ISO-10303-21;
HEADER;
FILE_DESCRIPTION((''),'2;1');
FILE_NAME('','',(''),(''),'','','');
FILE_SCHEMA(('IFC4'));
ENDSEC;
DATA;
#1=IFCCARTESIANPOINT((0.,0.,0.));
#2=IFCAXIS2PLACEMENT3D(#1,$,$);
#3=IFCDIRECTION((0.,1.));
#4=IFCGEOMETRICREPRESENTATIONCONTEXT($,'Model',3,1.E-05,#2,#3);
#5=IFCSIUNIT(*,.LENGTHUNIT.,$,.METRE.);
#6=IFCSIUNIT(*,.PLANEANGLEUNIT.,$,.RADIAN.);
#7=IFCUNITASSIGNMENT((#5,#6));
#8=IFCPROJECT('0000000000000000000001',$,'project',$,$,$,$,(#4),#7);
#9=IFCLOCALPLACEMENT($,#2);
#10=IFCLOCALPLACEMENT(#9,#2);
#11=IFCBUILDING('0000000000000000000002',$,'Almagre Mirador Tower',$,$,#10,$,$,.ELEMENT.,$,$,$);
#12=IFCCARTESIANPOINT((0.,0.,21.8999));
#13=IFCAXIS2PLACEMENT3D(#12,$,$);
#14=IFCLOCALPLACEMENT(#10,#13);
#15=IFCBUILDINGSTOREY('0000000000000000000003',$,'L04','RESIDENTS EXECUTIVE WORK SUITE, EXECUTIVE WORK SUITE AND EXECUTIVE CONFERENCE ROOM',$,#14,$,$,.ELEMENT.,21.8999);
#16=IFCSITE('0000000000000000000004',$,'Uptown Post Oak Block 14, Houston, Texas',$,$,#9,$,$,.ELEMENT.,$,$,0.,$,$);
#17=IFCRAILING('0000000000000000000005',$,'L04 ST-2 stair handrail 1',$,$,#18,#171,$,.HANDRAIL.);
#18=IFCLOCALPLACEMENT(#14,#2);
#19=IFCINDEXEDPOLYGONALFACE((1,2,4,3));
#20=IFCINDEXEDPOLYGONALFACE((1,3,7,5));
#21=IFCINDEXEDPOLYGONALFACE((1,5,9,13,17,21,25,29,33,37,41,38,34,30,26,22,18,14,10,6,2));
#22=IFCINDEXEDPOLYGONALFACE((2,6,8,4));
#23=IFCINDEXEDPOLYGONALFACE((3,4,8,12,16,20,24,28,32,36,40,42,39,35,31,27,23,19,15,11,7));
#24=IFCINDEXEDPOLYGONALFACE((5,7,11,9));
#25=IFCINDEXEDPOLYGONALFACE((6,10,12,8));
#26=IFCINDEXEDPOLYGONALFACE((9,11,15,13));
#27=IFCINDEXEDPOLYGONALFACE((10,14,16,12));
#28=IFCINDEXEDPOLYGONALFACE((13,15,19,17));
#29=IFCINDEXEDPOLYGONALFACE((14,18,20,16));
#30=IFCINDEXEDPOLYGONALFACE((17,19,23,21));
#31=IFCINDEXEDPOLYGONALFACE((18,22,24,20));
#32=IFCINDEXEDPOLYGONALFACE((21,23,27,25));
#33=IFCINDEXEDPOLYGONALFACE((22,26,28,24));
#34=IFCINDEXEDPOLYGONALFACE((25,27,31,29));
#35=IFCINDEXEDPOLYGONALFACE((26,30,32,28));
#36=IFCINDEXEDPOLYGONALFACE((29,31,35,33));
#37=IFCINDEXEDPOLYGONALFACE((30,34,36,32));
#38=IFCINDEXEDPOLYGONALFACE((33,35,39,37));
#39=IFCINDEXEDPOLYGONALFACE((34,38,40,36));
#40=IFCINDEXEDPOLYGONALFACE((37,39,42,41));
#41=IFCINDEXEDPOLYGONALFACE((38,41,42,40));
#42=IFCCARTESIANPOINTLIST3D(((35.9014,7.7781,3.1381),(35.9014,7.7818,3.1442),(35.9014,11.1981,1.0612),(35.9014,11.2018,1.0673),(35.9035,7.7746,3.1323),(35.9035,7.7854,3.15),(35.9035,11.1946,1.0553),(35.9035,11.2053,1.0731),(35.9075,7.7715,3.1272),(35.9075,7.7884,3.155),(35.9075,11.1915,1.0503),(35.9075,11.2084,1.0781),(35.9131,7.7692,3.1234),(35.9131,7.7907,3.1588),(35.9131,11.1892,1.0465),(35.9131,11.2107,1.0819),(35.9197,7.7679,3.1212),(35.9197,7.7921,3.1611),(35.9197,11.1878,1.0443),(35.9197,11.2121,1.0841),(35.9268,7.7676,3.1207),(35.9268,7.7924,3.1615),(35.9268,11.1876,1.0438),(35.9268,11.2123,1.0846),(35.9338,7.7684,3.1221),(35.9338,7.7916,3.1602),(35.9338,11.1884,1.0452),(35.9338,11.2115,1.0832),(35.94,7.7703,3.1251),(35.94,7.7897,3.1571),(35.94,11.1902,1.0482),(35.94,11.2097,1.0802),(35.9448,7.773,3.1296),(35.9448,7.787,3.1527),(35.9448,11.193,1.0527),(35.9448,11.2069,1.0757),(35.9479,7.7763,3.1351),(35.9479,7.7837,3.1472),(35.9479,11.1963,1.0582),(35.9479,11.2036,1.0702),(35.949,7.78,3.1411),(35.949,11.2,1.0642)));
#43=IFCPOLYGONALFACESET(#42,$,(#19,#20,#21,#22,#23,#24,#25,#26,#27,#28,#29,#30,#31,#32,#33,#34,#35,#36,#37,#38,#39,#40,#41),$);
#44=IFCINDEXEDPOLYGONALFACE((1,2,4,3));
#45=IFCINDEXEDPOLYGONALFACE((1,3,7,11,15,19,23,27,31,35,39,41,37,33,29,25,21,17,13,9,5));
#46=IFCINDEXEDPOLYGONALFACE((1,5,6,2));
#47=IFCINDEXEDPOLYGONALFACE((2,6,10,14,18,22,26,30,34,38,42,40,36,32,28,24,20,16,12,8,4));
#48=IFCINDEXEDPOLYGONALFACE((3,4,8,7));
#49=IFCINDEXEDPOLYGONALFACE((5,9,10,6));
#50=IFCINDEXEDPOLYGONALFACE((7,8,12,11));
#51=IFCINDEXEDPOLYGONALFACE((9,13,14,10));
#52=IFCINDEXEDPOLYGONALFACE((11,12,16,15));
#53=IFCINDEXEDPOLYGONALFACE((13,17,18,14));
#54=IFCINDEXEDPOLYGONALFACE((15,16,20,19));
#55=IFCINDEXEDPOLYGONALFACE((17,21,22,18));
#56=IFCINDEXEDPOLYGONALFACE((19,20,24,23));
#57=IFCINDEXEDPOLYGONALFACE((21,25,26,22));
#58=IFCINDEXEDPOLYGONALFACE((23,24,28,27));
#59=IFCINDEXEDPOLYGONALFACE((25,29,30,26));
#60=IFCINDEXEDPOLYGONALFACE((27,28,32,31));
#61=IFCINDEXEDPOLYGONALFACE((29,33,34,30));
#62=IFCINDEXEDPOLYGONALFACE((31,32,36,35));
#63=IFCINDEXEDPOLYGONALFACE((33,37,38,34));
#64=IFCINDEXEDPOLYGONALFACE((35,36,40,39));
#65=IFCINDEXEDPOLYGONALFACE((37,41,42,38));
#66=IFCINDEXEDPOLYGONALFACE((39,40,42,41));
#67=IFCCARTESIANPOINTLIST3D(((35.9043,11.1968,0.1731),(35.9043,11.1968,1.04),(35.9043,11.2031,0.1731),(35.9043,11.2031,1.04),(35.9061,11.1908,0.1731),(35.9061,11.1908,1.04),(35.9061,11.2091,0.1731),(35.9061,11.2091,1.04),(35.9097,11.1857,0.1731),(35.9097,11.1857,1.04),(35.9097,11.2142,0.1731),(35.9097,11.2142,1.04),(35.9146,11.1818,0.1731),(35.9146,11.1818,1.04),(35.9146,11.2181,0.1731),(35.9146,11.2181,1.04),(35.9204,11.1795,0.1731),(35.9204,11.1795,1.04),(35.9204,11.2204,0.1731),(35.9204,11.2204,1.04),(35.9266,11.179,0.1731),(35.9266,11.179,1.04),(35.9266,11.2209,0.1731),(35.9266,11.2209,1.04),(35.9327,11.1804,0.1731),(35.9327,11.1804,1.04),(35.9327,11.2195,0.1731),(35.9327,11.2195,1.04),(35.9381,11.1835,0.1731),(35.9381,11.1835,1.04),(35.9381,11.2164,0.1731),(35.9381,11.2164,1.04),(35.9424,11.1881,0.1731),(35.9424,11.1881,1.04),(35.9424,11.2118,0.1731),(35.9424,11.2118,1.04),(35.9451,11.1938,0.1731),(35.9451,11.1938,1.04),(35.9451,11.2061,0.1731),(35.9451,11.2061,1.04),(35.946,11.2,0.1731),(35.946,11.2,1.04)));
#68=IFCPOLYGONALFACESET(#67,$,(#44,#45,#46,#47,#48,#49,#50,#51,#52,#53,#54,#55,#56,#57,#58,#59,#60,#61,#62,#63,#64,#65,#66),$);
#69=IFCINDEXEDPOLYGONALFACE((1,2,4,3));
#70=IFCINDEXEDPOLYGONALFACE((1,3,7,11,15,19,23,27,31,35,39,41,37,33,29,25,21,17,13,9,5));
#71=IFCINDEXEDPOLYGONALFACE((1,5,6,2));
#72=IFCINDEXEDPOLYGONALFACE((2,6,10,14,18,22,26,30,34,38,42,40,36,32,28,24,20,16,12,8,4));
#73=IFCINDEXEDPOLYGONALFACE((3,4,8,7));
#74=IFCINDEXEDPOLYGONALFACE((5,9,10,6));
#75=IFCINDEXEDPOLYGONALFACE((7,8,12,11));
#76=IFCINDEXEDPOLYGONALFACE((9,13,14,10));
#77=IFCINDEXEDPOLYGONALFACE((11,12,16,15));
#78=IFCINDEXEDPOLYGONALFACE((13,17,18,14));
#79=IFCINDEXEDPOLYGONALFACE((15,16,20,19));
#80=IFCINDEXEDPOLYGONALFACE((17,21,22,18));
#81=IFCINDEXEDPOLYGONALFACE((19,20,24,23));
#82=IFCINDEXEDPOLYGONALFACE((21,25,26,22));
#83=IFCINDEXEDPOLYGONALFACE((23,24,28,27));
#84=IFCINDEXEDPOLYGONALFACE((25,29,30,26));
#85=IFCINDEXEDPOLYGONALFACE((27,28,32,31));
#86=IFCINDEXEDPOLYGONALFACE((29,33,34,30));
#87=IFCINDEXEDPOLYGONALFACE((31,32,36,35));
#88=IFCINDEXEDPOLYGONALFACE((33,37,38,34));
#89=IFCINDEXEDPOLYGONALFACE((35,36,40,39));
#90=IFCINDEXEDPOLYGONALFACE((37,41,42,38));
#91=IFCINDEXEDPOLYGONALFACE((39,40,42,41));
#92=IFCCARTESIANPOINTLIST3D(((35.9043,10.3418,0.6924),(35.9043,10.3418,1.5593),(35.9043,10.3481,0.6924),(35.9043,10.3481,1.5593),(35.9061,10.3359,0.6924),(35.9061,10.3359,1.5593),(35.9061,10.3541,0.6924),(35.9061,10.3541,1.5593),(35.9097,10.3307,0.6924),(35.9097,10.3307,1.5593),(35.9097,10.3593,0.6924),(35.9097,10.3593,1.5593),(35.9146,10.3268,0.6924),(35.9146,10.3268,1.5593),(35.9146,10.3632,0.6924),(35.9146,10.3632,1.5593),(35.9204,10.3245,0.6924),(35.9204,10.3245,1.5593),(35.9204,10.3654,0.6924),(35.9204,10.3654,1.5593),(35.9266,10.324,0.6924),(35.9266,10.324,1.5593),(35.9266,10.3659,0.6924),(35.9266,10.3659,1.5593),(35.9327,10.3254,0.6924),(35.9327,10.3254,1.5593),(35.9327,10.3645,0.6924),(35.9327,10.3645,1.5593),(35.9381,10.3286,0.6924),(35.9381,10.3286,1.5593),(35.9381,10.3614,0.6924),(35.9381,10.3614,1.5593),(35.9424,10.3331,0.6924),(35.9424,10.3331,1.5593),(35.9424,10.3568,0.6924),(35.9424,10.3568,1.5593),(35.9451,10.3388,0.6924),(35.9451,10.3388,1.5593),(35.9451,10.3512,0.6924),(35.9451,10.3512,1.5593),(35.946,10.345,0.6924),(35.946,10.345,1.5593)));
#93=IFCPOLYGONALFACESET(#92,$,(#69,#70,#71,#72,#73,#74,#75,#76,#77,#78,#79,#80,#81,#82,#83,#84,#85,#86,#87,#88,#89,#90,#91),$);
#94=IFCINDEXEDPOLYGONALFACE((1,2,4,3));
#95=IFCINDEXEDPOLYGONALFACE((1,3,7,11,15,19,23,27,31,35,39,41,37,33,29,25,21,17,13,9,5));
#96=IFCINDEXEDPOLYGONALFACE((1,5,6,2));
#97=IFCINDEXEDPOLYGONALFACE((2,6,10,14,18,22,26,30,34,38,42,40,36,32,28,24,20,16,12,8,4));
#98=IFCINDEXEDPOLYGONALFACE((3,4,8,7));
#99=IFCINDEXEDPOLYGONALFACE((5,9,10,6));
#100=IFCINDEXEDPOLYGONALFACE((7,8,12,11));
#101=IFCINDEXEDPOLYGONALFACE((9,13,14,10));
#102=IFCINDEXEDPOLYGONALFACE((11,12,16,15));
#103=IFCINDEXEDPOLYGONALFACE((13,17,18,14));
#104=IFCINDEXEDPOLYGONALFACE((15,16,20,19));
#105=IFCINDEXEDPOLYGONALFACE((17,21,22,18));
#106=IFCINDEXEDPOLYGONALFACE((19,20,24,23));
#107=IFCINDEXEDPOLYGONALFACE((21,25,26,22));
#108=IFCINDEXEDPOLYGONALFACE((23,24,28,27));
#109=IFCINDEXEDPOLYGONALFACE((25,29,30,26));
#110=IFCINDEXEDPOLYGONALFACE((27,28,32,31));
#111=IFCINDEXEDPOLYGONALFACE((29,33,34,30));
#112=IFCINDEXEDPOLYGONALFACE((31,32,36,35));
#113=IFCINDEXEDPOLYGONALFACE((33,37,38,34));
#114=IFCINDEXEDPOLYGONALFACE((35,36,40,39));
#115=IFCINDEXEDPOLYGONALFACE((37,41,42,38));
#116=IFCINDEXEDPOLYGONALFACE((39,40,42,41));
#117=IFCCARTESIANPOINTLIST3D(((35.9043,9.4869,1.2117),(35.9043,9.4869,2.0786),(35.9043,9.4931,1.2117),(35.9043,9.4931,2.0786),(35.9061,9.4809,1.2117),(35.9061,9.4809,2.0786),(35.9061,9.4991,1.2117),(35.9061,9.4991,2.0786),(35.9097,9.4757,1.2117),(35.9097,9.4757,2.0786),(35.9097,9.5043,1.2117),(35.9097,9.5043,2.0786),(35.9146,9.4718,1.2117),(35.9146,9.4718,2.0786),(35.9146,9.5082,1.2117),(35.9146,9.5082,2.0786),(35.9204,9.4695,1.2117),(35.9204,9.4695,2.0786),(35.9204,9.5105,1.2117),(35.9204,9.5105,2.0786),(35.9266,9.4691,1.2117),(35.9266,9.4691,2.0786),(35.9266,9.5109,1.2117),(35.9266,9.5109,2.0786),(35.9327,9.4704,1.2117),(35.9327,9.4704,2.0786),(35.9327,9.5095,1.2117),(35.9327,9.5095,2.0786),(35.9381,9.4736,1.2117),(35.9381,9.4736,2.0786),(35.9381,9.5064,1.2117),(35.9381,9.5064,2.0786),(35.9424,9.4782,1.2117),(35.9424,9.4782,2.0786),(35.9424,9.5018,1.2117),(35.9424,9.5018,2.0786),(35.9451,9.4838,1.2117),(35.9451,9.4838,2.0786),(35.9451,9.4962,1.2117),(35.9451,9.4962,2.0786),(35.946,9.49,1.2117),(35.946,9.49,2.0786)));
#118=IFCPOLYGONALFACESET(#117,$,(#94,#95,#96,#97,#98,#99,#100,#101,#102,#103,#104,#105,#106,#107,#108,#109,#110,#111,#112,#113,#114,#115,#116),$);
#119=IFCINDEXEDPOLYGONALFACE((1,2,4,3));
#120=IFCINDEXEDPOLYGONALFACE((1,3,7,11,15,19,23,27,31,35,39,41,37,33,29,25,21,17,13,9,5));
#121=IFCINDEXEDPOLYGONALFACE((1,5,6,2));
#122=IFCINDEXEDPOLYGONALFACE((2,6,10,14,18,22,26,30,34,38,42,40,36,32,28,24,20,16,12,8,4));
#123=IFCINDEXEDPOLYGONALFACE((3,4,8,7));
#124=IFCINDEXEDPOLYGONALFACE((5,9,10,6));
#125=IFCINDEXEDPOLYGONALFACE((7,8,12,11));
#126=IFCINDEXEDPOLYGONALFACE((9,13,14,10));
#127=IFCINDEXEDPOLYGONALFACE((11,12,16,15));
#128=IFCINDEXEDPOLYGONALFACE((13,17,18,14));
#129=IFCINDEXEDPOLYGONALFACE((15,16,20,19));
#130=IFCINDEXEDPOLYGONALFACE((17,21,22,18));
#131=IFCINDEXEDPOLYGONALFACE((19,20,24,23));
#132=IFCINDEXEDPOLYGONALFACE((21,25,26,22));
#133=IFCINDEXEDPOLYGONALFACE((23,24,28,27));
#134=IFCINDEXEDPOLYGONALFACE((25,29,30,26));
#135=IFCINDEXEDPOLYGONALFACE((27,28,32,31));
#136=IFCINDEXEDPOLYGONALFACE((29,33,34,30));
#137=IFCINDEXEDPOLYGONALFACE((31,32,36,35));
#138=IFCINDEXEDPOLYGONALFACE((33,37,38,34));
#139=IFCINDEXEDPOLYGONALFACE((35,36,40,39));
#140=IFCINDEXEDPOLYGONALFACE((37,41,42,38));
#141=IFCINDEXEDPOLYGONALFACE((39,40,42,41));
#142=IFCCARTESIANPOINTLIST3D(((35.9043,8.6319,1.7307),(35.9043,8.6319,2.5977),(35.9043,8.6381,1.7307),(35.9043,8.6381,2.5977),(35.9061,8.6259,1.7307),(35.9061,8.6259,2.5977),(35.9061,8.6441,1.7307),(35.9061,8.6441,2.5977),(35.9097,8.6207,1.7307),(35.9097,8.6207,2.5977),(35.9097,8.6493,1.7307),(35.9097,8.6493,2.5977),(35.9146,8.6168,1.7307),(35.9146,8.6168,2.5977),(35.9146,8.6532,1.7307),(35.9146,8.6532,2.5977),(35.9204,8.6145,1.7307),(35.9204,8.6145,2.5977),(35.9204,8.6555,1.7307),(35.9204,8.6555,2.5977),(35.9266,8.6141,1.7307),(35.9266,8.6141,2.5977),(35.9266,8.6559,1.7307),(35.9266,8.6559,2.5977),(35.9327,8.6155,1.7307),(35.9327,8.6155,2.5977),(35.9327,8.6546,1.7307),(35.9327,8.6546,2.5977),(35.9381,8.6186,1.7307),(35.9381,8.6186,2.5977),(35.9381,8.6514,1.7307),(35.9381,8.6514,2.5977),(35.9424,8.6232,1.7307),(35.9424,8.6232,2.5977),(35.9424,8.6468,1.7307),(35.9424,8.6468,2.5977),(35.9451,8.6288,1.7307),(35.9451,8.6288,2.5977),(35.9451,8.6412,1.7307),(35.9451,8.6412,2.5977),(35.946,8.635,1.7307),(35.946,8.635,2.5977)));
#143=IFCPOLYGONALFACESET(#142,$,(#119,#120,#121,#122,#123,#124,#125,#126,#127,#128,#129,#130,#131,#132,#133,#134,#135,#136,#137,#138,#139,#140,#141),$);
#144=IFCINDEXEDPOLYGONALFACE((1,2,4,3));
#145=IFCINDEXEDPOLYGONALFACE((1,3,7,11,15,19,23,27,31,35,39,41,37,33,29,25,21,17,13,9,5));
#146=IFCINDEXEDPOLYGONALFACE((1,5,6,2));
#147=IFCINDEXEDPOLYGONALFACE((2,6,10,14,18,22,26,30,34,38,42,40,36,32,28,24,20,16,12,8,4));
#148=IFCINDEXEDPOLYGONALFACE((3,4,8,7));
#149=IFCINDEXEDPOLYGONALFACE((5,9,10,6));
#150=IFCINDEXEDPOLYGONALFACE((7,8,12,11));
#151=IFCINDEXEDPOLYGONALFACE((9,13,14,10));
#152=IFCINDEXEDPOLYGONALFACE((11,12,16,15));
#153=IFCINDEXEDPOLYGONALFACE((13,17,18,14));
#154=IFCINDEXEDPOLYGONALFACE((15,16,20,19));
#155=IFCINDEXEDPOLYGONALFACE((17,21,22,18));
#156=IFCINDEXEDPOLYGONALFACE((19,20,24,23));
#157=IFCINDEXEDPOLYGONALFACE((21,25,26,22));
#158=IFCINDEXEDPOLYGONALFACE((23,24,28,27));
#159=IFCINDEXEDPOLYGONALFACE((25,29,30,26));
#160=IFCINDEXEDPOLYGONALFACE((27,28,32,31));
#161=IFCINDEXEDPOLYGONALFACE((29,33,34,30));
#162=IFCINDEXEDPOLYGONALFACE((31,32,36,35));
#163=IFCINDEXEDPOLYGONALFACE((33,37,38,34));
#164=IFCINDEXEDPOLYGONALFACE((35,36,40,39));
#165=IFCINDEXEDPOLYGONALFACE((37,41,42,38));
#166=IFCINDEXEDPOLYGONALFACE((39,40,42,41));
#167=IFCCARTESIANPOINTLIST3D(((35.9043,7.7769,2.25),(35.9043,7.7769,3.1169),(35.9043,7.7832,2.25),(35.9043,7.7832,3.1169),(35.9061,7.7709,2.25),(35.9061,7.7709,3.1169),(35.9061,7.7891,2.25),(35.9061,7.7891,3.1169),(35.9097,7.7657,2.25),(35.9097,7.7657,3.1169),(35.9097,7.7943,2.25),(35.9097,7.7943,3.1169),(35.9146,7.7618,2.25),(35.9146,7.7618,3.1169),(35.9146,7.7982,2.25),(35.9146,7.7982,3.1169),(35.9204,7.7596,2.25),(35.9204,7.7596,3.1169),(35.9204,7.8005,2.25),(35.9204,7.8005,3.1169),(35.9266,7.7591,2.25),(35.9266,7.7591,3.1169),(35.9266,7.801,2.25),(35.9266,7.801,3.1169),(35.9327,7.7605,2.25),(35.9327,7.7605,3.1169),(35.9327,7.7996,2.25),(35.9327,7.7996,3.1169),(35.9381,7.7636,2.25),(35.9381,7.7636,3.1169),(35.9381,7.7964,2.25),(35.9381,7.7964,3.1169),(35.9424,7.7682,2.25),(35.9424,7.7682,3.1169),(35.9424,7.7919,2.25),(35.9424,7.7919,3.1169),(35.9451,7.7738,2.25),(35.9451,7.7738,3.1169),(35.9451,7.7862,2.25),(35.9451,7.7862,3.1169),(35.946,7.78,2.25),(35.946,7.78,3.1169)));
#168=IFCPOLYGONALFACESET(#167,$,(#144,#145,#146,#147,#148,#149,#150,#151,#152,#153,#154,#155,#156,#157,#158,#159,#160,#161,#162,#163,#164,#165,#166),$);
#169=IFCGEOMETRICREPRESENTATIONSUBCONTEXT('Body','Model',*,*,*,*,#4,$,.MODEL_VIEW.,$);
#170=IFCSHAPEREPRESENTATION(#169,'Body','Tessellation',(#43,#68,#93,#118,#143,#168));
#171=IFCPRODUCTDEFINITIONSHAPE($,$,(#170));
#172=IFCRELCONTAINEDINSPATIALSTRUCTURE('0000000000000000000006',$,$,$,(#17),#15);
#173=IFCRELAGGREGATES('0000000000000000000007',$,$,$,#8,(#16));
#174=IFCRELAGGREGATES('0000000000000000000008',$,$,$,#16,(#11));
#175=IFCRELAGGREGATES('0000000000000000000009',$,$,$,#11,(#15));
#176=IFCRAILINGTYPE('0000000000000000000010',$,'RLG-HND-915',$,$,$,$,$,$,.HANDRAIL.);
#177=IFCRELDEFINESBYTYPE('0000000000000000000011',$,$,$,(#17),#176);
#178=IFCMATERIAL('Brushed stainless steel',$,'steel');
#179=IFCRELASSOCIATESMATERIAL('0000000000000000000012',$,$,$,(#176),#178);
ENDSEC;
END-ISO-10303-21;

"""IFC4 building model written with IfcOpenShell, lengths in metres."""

from ifc_helpers import new_model, si_unit, direction, frame, origin, origin_2d, place, context, subcontext, project, spatial, circle, extrude, material, type_object, element, save


model = new_model("IFC4")

# Units and contexts
model_context = context("Model", 3, precision=1e-05, world=origin(), true_north=direction((0.0, 1.0)))
body_context = subcontext(model_context, "Body", "Model", "MODEL_VIEW")
ifc_project = project(units=[si_unit("LENGTHUNIT", "METRE"), si_unit("PLANEANGLEUNIT", "RADIAN")], contexts=[model_context])

# Site, building, storey
site_placement = place(None, origin())
site = spatial("IfcSite", under=ifc_project, at=site_placement, Name="Uptown Post Oak Block 14, Houston, Texas", CompositionType="ELEMENT", RefElevation=0.0)
building_placement = place(site_placement, origin())
building = spatial("IfcBuilding", under=site, at=building_placement, Name="Almagre Mirador Tower", CompositionType="ELEMENT")
storey_placement = place(building_placement, frame((0.0, 0.0, 21.8999)))
storey = spatial("IfcBuildingStorey", under=building, at=storey_placement, Name="L04", Description="RESIDENTS EXECUTIVE WORK SUITE, EXECUTIVE WORK SUITE AND EXECUTIVE CONFERENCE ROOM", CompositionType="ELEMENT", Elevation=21.8999)

# Railing
ifc_material_1 = material(Name="Brushed stainless steel", Category="steel")
railing_type_1 = type_object("IfcRailingType", Name="RLG-HND-915", PredefinedType="HANDRAIL", material=ifc_material_1)
railing_1_placement = place(storey_placement, frame((35.925, 11.2, 0.1731)))
element("IfcRailing", 1, at=railing_1_placement, inside=storey, type_object=railing_type_1, Name="L04 ST-2 stair handrail 1", PredefinedType="HANDRAIL", context=body_context, shape_type="SweptSolid", body=[
    extrude(circle(Radius=0.0239, at=origin_2d()), frame((0.0, 0.0, 0.8911), z_axis=(0.0, -0.85473, 0.519074), x_axis=(1.0, 0.0, 0.0)), (0.0, 0.0, 1.0), 4.0012),
    extrude(circle(Radius=0.021, at=origin_2d()), origin(), (0.0, 0.0, 1.0), 0.8669),
    extrude(circle(Radius=0.021, at=origin_2d()), frame((0.0, -0.855, 0.5193)), (0.0, 0.0, 1.0), 0.8669),
    extrude(circle(Radius=0.021, at=origin_2d()), frame((0.0, -1.71, 1.0386)), (0.0, 0.0, 1.0), 0.8669),
    extrude(circle(Radius=0.021, at=origin_2d()), frame((0.0, -2.5649, 1.5576)), (0.0, 0.0, 1.0), 0.8669),
    extrude(circle(Radius=0.021, at=origin_2d()), frame((0.0, -3.4199, 2.0769)), (0.0, 0.0, 1.0), 0.8669),
])

save(model, "model.ifc")
